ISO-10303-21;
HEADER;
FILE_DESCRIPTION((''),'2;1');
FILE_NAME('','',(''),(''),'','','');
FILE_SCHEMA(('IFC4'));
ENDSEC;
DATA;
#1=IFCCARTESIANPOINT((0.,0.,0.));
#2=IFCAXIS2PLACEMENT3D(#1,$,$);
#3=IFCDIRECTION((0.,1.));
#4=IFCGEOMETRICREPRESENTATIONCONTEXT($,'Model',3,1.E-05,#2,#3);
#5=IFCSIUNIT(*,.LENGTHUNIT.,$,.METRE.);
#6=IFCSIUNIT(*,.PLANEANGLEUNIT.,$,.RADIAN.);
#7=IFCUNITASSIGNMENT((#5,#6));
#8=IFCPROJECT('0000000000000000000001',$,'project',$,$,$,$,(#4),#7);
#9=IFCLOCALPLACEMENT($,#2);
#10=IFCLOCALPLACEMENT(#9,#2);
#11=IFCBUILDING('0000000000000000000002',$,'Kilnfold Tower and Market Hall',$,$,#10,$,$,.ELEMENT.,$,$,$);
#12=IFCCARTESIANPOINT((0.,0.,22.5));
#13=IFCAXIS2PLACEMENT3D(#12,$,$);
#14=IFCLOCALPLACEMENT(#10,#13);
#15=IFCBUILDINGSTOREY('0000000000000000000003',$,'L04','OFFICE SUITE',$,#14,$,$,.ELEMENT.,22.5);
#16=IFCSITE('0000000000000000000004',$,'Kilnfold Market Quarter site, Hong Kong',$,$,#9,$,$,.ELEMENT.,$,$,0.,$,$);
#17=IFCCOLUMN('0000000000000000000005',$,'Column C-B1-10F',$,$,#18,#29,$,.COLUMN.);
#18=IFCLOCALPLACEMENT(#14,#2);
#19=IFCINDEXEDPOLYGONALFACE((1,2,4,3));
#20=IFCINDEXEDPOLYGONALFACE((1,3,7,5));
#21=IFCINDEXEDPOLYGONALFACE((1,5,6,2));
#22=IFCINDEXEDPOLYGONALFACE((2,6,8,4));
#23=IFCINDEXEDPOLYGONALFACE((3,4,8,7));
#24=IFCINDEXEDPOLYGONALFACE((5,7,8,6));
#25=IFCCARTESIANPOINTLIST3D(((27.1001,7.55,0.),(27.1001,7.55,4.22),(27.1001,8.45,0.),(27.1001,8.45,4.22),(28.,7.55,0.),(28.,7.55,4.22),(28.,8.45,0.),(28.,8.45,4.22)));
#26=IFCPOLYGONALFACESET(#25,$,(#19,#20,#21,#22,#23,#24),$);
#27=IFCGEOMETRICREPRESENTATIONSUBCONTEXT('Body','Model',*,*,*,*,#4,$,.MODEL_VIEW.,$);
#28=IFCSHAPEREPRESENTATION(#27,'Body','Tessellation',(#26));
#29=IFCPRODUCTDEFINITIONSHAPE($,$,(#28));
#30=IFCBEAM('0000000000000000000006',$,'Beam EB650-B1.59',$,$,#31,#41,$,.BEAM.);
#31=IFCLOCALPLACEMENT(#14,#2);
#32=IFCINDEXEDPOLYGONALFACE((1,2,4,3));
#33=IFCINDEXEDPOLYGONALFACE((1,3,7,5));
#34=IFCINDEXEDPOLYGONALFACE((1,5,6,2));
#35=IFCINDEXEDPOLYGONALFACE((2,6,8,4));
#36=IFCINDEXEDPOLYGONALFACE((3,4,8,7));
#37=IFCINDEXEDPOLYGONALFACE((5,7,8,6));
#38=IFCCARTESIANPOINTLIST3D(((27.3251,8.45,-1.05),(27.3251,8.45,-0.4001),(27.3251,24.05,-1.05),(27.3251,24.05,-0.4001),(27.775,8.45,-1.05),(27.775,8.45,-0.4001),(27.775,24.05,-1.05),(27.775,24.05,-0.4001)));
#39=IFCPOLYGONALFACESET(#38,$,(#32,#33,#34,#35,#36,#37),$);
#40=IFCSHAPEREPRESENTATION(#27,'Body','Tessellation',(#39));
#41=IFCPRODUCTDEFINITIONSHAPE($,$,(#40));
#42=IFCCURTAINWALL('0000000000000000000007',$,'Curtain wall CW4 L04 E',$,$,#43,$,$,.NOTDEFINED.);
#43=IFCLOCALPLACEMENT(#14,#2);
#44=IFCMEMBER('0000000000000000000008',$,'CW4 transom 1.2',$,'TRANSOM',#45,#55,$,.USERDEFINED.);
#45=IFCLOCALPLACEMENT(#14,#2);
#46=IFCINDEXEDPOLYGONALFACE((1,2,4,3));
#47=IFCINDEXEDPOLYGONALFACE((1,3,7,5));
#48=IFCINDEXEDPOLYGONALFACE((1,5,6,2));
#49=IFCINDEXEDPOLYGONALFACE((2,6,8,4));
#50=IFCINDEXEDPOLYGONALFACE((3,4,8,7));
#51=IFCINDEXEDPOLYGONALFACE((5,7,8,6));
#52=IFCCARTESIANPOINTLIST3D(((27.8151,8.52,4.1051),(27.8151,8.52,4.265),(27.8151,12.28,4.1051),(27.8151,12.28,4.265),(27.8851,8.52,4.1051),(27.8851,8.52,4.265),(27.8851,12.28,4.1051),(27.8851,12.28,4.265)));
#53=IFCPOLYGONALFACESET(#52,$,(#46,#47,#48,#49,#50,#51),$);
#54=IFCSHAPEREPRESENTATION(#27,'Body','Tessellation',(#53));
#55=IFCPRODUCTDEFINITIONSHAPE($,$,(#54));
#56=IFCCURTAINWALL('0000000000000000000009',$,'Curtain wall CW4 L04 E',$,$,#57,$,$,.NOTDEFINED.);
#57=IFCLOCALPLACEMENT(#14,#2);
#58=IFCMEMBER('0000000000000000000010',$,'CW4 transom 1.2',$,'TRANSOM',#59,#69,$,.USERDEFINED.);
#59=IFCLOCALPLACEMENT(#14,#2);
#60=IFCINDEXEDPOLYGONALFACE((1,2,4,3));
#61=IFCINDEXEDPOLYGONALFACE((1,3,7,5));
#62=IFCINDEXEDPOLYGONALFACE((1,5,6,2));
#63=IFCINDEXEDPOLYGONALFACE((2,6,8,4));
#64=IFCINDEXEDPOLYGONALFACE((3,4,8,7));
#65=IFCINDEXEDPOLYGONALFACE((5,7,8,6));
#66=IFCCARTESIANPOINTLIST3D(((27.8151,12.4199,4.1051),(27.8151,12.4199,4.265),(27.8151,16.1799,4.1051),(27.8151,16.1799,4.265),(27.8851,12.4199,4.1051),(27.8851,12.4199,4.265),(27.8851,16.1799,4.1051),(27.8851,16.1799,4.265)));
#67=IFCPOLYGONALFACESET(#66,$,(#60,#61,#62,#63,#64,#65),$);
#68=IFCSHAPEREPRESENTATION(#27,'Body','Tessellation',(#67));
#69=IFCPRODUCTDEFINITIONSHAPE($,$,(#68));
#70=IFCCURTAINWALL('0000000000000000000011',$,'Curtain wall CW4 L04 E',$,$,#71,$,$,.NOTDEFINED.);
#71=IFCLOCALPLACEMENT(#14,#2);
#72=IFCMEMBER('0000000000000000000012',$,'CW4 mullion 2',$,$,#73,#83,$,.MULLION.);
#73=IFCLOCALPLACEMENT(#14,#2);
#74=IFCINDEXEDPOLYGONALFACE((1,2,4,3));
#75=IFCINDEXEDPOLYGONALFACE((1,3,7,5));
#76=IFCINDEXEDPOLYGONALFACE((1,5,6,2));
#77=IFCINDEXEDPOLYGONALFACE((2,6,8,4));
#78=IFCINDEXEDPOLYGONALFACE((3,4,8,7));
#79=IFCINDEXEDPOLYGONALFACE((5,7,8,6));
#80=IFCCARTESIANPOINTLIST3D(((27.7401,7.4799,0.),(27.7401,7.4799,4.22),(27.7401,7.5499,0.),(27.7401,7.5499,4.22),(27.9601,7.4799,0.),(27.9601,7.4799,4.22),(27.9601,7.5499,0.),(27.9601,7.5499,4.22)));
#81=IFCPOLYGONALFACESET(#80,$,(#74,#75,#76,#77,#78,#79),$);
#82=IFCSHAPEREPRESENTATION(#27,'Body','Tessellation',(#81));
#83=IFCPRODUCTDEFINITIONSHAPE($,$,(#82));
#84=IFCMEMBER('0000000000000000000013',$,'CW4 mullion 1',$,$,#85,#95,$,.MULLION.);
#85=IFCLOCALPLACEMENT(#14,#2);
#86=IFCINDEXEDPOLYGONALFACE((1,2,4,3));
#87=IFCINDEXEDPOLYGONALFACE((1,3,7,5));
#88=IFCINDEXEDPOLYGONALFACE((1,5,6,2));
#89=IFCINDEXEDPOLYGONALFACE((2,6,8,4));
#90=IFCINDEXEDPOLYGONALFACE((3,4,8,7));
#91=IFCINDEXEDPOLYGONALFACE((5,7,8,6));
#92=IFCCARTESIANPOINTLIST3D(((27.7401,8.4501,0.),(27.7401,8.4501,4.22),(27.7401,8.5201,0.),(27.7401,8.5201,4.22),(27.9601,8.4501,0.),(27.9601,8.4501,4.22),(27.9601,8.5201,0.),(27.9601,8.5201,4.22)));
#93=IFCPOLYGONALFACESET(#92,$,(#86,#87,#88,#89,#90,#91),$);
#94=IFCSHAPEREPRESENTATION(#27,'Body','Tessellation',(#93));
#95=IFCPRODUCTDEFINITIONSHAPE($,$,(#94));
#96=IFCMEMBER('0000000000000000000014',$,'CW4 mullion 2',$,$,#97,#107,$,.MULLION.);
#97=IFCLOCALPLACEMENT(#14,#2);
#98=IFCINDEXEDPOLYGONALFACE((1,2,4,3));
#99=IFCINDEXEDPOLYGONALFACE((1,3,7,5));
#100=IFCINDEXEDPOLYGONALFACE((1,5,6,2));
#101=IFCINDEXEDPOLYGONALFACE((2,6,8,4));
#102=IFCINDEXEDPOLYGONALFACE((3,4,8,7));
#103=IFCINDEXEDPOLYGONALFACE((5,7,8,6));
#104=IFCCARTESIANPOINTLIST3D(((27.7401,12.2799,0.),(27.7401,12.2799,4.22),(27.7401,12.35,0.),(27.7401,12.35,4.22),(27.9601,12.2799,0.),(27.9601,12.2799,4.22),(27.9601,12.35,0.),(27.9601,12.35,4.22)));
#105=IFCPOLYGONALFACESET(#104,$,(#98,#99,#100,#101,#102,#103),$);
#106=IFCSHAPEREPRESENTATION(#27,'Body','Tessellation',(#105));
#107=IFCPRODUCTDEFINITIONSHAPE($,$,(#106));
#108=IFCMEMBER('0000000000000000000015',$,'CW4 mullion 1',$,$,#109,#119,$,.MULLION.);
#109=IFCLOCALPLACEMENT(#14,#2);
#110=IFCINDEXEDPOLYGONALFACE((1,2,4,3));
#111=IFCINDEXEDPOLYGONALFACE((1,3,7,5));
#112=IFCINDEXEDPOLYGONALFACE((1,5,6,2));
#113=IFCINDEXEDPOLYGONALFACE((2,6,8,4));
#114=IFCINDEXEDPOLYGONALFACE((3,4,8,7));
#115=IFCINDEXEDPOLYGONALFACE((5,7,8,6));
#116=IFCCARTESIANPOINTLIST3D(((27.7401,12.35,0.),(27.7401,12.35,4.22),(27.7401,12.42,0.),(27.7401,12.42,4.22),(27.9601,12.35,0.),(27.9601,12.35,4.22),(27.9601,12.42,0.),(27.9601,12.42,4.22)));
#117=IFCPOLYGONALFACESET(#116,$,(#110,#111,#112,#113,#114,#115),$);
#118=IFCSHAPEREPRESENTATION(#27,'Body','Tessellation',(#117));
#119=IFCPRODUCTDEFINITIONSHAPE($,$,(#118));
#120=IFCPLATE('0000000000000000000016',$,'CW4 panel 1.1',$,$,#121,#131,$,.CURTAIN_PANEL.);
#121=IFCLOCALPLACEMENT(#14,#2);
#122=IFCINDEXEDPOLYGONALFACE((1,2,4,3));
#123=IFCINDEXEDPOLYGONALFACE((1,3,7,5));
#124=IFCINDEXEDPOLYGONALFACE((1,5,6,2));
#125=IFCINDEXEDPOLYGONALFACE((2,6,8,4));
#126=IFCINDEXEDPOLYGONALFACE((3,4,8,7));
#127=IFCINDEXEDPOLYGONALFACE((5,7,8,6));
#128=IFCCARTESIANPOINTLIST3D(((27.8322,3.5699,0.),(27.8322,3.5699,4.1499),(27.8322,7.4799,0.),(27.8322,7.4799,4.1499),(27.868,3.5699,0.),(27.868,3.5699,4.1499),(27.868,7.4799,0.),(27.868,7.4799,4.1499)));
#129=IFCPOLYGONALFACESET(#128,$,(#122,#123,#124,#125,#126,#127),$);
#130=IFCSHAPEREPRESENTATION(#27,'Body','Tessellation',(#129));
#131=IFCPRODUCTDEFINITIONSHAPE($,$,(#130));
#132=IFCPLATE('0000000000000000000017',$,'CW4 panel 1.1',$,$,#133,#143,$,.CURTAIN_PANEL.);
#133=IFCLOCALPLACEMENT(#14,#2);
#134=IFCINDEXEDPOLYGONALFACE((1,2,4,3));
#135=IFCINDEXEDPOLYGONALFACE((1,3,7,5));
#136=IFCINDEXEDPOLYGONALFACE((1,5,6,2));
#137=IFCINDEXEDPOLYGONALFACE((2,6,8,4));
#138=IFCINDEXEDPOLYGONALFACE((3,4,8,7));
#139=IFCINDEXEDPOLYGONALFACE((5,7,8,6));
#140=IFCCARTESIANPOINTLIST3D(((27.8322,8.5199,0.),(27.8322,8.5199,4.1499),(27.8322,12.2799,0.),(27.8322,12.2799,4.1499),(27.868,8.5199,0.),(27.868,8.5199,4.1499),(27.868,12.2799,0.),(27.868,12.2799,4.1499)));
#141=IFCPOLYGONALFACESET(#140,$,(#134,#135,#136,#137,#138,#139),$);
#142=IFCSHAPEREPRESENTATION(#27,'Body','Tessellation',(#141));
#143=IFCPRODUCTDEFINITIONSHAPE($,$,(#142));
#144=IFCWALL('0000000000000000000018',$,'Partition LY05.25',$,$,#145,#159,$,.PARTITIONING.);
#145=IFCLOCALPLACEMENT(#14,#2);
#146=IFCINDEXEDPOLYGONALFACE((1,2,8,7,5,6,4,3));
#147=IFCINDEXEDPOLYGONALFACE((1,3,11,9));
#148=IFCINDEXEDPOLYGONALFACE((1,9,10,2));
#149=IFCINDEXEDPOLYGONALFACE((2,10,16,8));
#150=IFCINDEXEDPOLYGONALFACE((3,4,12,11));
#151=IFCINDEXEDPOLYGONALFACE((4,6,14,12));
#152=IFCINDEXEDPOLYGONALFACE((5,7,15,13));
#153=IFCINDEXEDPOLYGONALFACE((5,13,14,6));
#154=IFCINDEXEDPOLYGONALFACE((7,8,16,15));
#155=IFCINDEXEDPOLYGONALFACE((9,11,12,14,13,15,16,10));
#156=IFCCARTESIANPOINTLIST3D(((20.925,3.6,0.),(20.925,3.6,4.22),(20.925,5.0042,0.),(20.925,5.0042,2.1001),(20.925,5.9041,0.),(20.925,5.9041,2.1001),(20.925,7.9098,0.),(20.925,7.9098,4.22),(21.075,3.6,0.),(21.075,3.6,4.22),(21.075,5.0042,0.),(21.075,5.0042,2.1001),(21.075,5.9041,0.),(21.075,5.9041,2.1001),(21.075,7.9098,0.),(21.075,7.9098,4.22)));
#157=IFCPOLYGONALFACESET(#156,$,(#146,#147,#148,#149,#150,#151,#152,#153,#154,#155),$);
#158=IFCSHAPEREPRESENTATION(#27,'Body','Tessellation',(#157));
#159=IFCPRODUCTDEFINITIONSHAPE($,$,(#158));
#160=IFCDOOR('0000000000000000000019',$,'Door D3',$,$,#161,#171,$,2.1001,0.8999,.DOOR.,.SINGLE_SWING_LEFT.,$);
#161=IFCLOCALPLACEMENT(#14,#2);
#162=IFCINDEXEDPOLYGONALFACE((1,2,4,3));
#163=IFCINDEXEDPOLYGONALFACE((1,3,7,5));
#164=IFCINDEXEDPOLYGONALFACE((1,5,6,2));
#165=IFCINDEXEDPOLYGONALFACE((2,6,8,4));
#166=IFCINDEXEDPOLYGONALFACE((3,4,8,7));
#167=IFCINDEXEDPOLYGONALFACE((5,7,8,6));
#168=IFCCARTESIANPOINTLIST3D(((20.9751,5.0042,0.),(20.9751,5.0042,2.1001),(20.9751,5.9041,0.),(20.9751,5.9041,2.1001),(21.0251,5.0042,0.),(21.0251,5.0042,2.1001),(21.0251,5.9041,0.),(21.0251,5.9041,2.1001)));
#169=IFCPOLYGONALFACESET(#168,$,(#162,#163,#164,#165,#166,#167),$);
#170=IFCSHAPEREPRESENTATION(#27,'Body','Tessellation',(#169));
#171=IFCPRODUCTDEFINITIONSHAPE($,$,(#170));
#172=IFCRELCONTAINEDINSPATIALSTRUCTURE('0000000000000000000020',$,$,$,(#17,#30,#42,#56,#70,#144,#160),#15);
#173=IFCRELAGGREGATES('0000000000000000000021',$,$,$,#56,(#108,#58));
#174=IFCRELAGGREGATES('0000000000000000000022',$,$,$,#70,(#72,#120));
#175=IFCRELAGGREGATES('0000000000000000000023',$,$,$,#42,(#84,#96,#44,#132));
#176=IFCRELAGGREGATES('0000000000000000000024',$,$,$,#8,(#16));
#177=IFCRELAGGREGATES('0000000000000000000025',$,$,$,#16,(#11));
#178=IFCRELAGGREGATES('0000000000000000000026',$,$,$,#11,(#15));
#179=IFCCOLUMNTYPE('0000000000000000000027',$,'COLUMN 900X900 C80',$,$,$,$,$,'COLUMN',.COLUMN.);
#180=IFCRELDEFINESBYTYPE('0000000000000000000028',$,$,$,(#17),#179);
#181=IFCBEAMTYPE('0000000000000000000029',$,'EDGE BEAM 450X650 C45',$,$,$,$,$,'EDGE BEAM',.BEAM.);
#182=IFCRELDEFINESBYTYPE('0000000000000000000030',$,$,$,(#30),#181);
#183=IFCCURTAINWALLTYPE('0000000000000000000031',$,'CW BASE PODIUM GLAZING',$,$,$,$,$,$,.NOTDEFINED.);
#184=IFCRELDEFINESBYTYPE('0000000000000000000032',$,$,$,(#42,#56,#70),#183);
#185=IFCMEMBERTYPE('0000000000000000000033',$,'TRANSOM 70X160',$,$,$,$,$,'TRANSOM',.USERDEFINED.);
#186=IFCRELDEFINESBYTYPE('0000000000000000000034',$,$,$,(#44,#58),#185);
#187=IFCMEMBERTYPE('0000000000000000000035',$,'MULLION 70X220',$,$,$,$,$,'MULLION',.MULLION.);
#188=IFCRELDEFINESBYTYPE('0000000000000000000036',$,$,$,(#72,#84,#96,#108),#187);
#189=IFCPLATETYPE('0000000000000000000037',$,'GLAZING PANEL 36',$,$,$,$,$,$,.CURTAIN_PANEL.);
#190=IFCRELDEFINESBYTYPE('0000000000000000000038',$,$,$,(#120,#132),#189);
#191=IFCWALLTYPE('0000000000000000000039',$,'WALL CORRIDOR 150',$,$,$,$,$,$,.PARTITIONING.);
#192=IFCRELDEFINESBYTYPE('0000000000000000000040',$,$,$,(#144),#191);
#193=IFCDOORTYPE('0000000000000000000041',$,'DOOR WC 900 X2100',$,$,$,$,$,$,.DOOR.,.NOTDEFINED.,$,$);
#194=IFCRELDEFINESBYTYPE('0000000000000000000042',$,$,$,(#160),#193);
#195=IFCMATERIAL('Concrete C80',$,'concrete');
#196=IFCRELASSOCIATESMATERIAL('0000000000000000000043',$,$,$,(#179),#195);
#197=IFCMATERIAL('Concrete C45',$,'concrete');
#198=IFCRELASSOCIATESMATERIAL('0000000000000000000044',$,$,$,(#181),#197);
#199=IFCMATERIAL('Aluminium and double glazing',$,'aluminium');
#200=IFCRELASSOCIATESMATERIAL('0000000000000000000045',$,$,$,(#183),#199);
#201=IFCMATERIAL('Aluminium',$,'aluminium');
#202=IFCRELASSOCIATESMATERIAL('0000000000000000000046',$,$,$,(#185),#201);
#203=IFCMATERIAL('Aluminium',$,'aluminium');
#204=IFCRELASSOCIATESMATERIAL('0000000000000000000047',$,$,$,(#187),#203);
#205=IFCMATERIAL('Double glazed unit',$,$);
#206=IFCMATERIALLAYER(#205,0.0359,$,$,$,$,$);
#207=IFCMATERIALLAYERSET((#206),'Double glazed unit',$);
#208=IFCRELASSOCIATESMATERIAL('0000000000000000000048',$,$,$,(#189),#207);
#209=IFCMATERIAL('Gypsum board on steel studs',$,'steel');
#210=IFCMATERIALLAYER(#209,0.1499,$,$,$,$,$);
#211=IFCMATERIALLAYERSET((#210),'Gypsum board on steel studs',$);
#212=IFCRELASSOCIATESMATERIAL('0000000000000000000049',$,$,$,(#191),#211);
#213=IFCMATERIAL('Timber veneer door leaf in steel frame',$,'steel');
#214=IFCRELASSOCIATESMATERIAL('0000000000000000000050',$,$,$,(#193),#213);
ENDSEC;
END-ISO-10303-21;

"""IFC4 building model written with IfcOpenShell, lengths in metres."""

from ifc_helpers import new_model, si_unit, direction, frame, frame_2d, origin, origin_2d, place, context, subcontext, project, spatial, rectangle, extrude, source, transform, mapped, material, layer, layer_set, material_profile, profile_set, type_object, element, fill, aggregate, save


model = new_model("IFC4")

# Units and contexts
model_context = context("Model", 3, precision=1e-05, world=origin(), true_north=direction((0.0, 1.0)))
body_context = subcontext(model_context, "Body", "Model", "MODEL_VIEW")
ifc_project = project(units=[si_unit("LENGTHUNIT", "METRE"), si_unit("PLANEANGLEUNIT", "RADIAN")], contexts=[model_context])

# Site, building, storey
site_placement = place(None, origin())
site = spatial("IfcSite", under=ifc_project, at=site_placement, Name="Kilnfold Market Quarter site, Hong Kong", CompositionType="ELEMENT", RefElevation=0.0)
building_placement = place(site_placement, origin())
building = spatial("IfcBuilding", under=site, at=building_placement, Name="Kilnfold Tower and Market Hall", CompositionType="ELEMENT")
storey_placement = place(building_placement, frame((0.0, 0.0, 22.5)))
storey = spatial("IfcBuildingStorey", under=building, at=storey_placement, Name="L04", Description="OFFICE SUITE", CompositionType="ELEMENT", Elevation=22.5)

# Column
ifc_material_1 = material(Name="Concrete C80", Category="concrete")
ifc_material_profile_1 = material_profile(ifc_material_1, rectangle(XDim=0.8999, YDim=0.8999, at=origin_2d()), Name="RC 900x900")
ifc_profile_set_1 = profile_set([ifc_material_profile_1], Name="Concrete C80")
column_type = type_object("IfcColumnType", Name="COLUMN 900X900 C80", ElementType="COLUMN", PredefinedType="COLUMN", material=ifc_profile_set_1)
shared_shape_1 = source(origin(), body_context, "Body", "SweptSolid", [
    extrude(rectangle(XDim=0.8999, YDim=0.8999, at=origin_2d()), origin(), (0.0, 0.0, 1.0), 4.22),
])
column_placement = place(storey_placement, frame((27.55, 8.0, 0.0), z_axis=(0.0, 0.0, 1.0), x_axis=(1.0, 0.0, 0.0)))
element("IfcColumn", 1, at=column_placement, inside=storey, type_object=column_type, Name="Column C-B1-10F", PredefinedType="COLUMN", context=body_context, shape_type="MappedRepresentation", body=[
    mapped(shared_shape_1, transform((0.0, 0.0, 0.0))),
])

# Beam
ifc_material_2 = material(Name="Concrete C45", Category="concrete")
ifc_material_profile_2 = material_profile(ifc_material_2, rectangle(XDim=0.45, YDim=0.6499, at=origin_2d()), Name="RC 450x650")
ifc_profile_set_2 = profile_set([ifc_material_profile_2], Name="Concrete C45")
beam_type = type_object("IfcBeamType", Name="EDGE BEAM 450X650 C45", ElementType="EDGE BEAM", PredefinedType="BEAM", material=ifc_profile_set_2)
shared_shape_2 = source(origin(), body_context, "Body", "SweptSolid", [
    extrude(rectangle(XDim=0.45, YDim=0.6499, at=origin_2d()), origin(), (0.0, 0.0, 1.0), 15.6001),
])
beam_placement = place(storey_placement, frame((27.55, 8.45, -0.7251), z_axis=(0.0, 1.0, 0.0), x_axis=(-1.0, 0.0, 0.0)))
element("IfcBeam", 2, at=beam_placement, inside=storey, type_object=beam_type, Name="Beam EB650-B1.59", PredefinedType="BEAM", context=body_context, shape_type="MappedRepresentation", body=[
    mapped(shared_shape_2, transform((0.0, 0.0, 0.0))),
])

# Curtain walls, members
ifc_material_3 = material(Name="Aluminium and double glazing", Category="aluminium")
curtain_wall_type = type_object("IfcCurtainWallType", Name="CW BASE PODIUM GLAZING", PredefinedType="NOTDEFINED", material=ifc_material_3)
curtain_wall_1_placement = place(storey_placement, origin())
curtain_wall_1 = element("IfcCurtainWall", 3, at=curtain_wall_1_placement, inside=storey, type_object=curtain_wall_type, Name="Curtain wall CW4 L04 E", PredefinedType="NOTDEFINED")
ifc_material_4 = material(Name="Aluminium", Category="aluminium")
ifc_material_profile_3 = material_profile(ifc_material_4, rectangle(XDim=0.0701, YDim=0.1599, at=origin_2d()), Name="TRANSOM 70x160")
ifc_profile_set_3 = profile_set([ifc_material_profile_3], Name="Aluminium")
member_type_1 = type_object("IfcMemberType", Name="TRANSOM 70X160", ElementType="TRANSOM", PredefinedType="USERDEFINED", material=ifc_profile_set_3)
shared_shape_3 = source(origin(), body_context, "Body", "SweptSolid", [
    extrude(rectangle(XDim=0.0701, YDim=0.1599, at=origin_2d()), origin(), (0.0, 0.0, 1.0), 3.76),
])
member_1_placement = place(storey_placement, frame((27.8501, 8.52, 4.1851), z_axis=(0.0, 1.0, 0.0), x_axis=(-1.0, 0.0, 0.0)))
member_1 = element("IfcMember", 4, at=member_1_placement, type_object=member_type_1, Name="CW4 transom 1.2", ObjectType="TRANSOM", PredefinedType="USERDEFINED", context=body_context, shape_type="MappedRepresentation", body=[
    mapped(shared_shape_3, transform((0.0, 0.0, 0.0))),
])
curtain_wall_2_placement = place(storey_placement, origin())
curtain_wall_2 = element("IfcCurtainWall", 5, at=curtain_wall_2_placement, inside=storey, type_object=curtain_wall_type, Name="Curtain wall CW4 L04 E", PredefinedType="NOTDEFINED")
member_2_placement = place(storey_placement, frame((27.8501, 12.4199, 4.1851), z_axis=(0.0, 1.0, 0.0), x_axis=(-1.0, 0.0, 0.0)))
member_2 = element("IfcMember", 6, at=member_2_placement, type_object=member_type_1, Name="CW4 transom 1.2", ObjectType="TRANSOM", PredefinedType="USERDEFINED", context=body_context, shape_type="MappedRepresentation", body=[
    mapped(shared_shape_3, transform((0.0, 0.0, 0.0))),
])
curtain_wall_3_placement = place(storey_placement, origin())
curtain_wall_3 = element("IfcCurtainWall", 7, at=curtain_wall_3_placement, inside=storey, type_object=curtain_wall_type, Name="Curtain wall CW4 L04 E", PredefinedType="NOTDEFINED")
ifc_material_5 = material(Name="Aluminium", Category="aluminium")
ifc_material_profile_4 = material_profile(ifc_material_5, rectangle(XDim=0.0701, YDim=0.22, at=origin_2d()), Name="MULLION 70x220")
ifc_profile_set_4 = profile_set([ifc_material_profile_4], Name="Aluminium")
member_type_2 = type_object("IfcMemberType", Name="MULLION 70X220", ElementType="MULLION", PredefinedType="MULLION", material=ifc_profile_set_4)
shared_shape_4 = source(origin(), body_context, "Body", "SweptSolid", [
    extrude(rectangle(XDim=0.0701, YDim=0.22, at=origin_2d()), origin(), (0.0, 0.0, 1.0), 4.22),
])
member_3_placement = place(storey_placement, frame((27.8501, 7.5149, 0.0), z_axis=(0.0, 0.0, 1.0), x_axis=(0.0, 1.0, 0.0)))
member_3 = element("IfcMember", 8, at=member_3_placement, type_object=member_type_2, Name="CW4 mullion 2", PredefinedType="MULLION", context=body_context, shape_type="MappedRepresentation", body=[
    mapped(shared_shape_4, transform((0.0, 0.0, 0.0))),
])

# Members
member_4_placement = place(storey_placement, frame((27.8501, 8.4851, 0.0), z_axis=(0.0, 0.0, 1.0), x_axis=(0.0, 1.0, 0.0)))
member_4 = element("IfcMember", 9, at=member_4_placement, type_object=member_type_2, Name="CW4 mullion 1", PredefinedType="MULLION", context=body_context, shape_type="MappedRepresentation", body=[
    mapped(shared_shape_4, transform((0.0, 0.0, 0.0))),
])
member_5_placement = place(storey_placement, frame((27.8501, 12.3149, 0.0), z_axis=(0.0, 0.0, 1.0), x_axis=(0.0, 1.0, 0.0)))
member_5 = element("IfcMember", 10, at=member_5_placement, type_object=member_type_2, Name="CW4 mullion 2", PredefinedType="MULLION", context=body_context, shape_type="MappedRepresentation", body=[
    mapped(shared_shape_4, transform((0.0, 0.0, 0.0))),
])
member_6_placement = place(storey_placement, frame((27.8501, 12.385, 0.0), z_axis=(0.0, 0.0, 1.0), x_axis=(0.0, 1.0, 0.0)))
member_6 = element("IfcMember", 11, at=member_6_placement, type_object=member_type_2, Name="CW4 mullion 1", PredefinedType="MULLION", context=body_context, shape_type="MappedRepresentation", body=[
    mapped(shared_shape_4, transform((0.0, 0.0, 0.0))),
])
aggregate(curtain_wall_2, [member_6, member_2])

# Plates
ifc_material_6 = material(Name="Double glazed unit")
ifc_layer_1 = layer(ifc_material_6, 0.0359)
ifc_layer_set_1 = layer_set([ifc_layer_1], Name="Double glazed unit")
plate_type = type_object("IfcPlateType", Name="GLAZING PANEL 36", PredefinedType="CURTAIN_PANEL", material=ifc_layer_set_1)
shared_shape_5 = source(origin(), body_context, "Body", "SweptSolid", [
    extrude(rectangle(XDim=3.9099, YDim=0.0359, at=origin_2d()), origin(), (0.0, 0.0, 1.0), 4.1499),
])
plate_1_placement = place(storey_placement, frame((27.8501, 5.5249, 0.0), z_axis=(0.0, 0.0, 1.0), x_axis=(0.0, 1.0, 0.0)))
plate_1 = element("IfcPlate", 12, at=plate_1_placement, type_object=plate_type, Name="CW4 panel 1.1", PredefinedType="CURTAIN_PANEL", context=body_context, shape_type="MappedRepresentation", body=[
    mapped(shared_shape_5, transform((0.0, 0.0, 0.0))),
])
aggregate(curtain_wall_3, [member_3, plate_1])
shared_shape_6 = source(origin(), body_context, "Body", "SweptSolid", [
    extrude(rectangle(XDim=3.76, YDim=0.0359, at=origin_2d()), origin(), (0.0, 0.0, 1.0), 4.1499),
])
plate_2_placement = place(storey_placement, frame((27.8501, 10.3999, 0.0), z_axis=(0.0, 0.0, 1.0), x_axis=(0.0, 1.0, 0.0)))
plate_2 = element("IfcPlate", 13, at=plate_2_placement, type_object=plate_type, Name="CW4 panel 1.1", PredefinedType="CURTAIN_PANEL", context=body_context, shape_type="MappedRepresentation", body=[
    mapped(shared_shape_6, transform((0.0, 0.0, 0.0))),
])
aggregate(curtain_wall_1, [member_4, member_5, member_1, plate_2])

# Wall, opening, door
ifc_material_7 = material(Name="Gypsum board on steel studs", Category="steel")
ifc_layer_2 = layer(ifc_material_7, 0.1499)
ifc_layer_set_2 = layer_set([ifc_layer_2], Name="Gypsum board on steel studs")
wall_type_1 = type_object("IfcWallType", Name="WALL CORRIDOR 150", PredefinedType="PARTITIONING", material=ifc_layer_set_2)
wall_1_placement = place(storey_placement, frame((21.0, 3.6001, 0.0), z_axis=(0.0, 0.0, 1.0), x_axis=(0.0, 1.0, 0.0)))
wall_1 = element("IfcWall", 14, at=wall_1_placement, inside=storey, type_object=wall_type_1, Name="Partition LY05.25", PredefinedType="PARTITIONING", context=body_context, shape_type="SweptSolid", body=[
    extrude(rectangle(XDim=4.3098, YDim=0.1499, at=frame_2d((2.1548, 0.0))), origin(), (0.0, 0.0, 1.0), 4.22),
])
opening_1_placement = place(wall_1_placement, frame((1.4041, 0.0, 0.0)))
opening_1 = element("IfcOpeningElement", 15, at=opening_1_placement, cuts=wall_1, PredefinedType="OPENING", context=body_context, shape_type="SweptSolid", body=[
    extrude(rectangle(XDim=0.8999, YDim=2.1001, at=frame_2d((0.45, 1.05))), frame((0.0, 0.085, 0.0), z_axis=(0.0, -1.0, 0.0), x_axis=(1.0, 0.0, 0.0)), (0.0, 0.0, 1.0), 0.1699),
])
ifc_material_8 = material(Name="Timber veneer door leaf in steel frame", Category="steel")
door_type_1 = type_object("IfcDoorType", Name="DOOR WC 900 X2100", OperationType="NOTDEFINED", PredefinedType="DOOR", material=ifc_material_8)
door_1_placement = place(opening_1_placement, origin())
door_1 = element("IfcDoor", 16, at=door_1_placement, inside=storey, type_object=door_type_1, Name="Door D3", OperationType="SINGLE_SWING_LEFT", OverallHeight=2.1001, OverallWidth=0.8999, PredefinedType="DOOR", context=body_context, shape_type="SweptSolid", body=[
    extrude(rectangle(XDim=0.8999, YDim=2.1001, at=frame_2d((0.45, 1.05))), frame((0.0, 0.0249, 0.0), z_axis=(0.0, -1.0, 0.0), x_axis=(1.0, 0.0, 0.0)), (0.0, 0.0, 1.0), 0.05),
])
fill(opening_1, door_1)

save(model, "model.ifc")
